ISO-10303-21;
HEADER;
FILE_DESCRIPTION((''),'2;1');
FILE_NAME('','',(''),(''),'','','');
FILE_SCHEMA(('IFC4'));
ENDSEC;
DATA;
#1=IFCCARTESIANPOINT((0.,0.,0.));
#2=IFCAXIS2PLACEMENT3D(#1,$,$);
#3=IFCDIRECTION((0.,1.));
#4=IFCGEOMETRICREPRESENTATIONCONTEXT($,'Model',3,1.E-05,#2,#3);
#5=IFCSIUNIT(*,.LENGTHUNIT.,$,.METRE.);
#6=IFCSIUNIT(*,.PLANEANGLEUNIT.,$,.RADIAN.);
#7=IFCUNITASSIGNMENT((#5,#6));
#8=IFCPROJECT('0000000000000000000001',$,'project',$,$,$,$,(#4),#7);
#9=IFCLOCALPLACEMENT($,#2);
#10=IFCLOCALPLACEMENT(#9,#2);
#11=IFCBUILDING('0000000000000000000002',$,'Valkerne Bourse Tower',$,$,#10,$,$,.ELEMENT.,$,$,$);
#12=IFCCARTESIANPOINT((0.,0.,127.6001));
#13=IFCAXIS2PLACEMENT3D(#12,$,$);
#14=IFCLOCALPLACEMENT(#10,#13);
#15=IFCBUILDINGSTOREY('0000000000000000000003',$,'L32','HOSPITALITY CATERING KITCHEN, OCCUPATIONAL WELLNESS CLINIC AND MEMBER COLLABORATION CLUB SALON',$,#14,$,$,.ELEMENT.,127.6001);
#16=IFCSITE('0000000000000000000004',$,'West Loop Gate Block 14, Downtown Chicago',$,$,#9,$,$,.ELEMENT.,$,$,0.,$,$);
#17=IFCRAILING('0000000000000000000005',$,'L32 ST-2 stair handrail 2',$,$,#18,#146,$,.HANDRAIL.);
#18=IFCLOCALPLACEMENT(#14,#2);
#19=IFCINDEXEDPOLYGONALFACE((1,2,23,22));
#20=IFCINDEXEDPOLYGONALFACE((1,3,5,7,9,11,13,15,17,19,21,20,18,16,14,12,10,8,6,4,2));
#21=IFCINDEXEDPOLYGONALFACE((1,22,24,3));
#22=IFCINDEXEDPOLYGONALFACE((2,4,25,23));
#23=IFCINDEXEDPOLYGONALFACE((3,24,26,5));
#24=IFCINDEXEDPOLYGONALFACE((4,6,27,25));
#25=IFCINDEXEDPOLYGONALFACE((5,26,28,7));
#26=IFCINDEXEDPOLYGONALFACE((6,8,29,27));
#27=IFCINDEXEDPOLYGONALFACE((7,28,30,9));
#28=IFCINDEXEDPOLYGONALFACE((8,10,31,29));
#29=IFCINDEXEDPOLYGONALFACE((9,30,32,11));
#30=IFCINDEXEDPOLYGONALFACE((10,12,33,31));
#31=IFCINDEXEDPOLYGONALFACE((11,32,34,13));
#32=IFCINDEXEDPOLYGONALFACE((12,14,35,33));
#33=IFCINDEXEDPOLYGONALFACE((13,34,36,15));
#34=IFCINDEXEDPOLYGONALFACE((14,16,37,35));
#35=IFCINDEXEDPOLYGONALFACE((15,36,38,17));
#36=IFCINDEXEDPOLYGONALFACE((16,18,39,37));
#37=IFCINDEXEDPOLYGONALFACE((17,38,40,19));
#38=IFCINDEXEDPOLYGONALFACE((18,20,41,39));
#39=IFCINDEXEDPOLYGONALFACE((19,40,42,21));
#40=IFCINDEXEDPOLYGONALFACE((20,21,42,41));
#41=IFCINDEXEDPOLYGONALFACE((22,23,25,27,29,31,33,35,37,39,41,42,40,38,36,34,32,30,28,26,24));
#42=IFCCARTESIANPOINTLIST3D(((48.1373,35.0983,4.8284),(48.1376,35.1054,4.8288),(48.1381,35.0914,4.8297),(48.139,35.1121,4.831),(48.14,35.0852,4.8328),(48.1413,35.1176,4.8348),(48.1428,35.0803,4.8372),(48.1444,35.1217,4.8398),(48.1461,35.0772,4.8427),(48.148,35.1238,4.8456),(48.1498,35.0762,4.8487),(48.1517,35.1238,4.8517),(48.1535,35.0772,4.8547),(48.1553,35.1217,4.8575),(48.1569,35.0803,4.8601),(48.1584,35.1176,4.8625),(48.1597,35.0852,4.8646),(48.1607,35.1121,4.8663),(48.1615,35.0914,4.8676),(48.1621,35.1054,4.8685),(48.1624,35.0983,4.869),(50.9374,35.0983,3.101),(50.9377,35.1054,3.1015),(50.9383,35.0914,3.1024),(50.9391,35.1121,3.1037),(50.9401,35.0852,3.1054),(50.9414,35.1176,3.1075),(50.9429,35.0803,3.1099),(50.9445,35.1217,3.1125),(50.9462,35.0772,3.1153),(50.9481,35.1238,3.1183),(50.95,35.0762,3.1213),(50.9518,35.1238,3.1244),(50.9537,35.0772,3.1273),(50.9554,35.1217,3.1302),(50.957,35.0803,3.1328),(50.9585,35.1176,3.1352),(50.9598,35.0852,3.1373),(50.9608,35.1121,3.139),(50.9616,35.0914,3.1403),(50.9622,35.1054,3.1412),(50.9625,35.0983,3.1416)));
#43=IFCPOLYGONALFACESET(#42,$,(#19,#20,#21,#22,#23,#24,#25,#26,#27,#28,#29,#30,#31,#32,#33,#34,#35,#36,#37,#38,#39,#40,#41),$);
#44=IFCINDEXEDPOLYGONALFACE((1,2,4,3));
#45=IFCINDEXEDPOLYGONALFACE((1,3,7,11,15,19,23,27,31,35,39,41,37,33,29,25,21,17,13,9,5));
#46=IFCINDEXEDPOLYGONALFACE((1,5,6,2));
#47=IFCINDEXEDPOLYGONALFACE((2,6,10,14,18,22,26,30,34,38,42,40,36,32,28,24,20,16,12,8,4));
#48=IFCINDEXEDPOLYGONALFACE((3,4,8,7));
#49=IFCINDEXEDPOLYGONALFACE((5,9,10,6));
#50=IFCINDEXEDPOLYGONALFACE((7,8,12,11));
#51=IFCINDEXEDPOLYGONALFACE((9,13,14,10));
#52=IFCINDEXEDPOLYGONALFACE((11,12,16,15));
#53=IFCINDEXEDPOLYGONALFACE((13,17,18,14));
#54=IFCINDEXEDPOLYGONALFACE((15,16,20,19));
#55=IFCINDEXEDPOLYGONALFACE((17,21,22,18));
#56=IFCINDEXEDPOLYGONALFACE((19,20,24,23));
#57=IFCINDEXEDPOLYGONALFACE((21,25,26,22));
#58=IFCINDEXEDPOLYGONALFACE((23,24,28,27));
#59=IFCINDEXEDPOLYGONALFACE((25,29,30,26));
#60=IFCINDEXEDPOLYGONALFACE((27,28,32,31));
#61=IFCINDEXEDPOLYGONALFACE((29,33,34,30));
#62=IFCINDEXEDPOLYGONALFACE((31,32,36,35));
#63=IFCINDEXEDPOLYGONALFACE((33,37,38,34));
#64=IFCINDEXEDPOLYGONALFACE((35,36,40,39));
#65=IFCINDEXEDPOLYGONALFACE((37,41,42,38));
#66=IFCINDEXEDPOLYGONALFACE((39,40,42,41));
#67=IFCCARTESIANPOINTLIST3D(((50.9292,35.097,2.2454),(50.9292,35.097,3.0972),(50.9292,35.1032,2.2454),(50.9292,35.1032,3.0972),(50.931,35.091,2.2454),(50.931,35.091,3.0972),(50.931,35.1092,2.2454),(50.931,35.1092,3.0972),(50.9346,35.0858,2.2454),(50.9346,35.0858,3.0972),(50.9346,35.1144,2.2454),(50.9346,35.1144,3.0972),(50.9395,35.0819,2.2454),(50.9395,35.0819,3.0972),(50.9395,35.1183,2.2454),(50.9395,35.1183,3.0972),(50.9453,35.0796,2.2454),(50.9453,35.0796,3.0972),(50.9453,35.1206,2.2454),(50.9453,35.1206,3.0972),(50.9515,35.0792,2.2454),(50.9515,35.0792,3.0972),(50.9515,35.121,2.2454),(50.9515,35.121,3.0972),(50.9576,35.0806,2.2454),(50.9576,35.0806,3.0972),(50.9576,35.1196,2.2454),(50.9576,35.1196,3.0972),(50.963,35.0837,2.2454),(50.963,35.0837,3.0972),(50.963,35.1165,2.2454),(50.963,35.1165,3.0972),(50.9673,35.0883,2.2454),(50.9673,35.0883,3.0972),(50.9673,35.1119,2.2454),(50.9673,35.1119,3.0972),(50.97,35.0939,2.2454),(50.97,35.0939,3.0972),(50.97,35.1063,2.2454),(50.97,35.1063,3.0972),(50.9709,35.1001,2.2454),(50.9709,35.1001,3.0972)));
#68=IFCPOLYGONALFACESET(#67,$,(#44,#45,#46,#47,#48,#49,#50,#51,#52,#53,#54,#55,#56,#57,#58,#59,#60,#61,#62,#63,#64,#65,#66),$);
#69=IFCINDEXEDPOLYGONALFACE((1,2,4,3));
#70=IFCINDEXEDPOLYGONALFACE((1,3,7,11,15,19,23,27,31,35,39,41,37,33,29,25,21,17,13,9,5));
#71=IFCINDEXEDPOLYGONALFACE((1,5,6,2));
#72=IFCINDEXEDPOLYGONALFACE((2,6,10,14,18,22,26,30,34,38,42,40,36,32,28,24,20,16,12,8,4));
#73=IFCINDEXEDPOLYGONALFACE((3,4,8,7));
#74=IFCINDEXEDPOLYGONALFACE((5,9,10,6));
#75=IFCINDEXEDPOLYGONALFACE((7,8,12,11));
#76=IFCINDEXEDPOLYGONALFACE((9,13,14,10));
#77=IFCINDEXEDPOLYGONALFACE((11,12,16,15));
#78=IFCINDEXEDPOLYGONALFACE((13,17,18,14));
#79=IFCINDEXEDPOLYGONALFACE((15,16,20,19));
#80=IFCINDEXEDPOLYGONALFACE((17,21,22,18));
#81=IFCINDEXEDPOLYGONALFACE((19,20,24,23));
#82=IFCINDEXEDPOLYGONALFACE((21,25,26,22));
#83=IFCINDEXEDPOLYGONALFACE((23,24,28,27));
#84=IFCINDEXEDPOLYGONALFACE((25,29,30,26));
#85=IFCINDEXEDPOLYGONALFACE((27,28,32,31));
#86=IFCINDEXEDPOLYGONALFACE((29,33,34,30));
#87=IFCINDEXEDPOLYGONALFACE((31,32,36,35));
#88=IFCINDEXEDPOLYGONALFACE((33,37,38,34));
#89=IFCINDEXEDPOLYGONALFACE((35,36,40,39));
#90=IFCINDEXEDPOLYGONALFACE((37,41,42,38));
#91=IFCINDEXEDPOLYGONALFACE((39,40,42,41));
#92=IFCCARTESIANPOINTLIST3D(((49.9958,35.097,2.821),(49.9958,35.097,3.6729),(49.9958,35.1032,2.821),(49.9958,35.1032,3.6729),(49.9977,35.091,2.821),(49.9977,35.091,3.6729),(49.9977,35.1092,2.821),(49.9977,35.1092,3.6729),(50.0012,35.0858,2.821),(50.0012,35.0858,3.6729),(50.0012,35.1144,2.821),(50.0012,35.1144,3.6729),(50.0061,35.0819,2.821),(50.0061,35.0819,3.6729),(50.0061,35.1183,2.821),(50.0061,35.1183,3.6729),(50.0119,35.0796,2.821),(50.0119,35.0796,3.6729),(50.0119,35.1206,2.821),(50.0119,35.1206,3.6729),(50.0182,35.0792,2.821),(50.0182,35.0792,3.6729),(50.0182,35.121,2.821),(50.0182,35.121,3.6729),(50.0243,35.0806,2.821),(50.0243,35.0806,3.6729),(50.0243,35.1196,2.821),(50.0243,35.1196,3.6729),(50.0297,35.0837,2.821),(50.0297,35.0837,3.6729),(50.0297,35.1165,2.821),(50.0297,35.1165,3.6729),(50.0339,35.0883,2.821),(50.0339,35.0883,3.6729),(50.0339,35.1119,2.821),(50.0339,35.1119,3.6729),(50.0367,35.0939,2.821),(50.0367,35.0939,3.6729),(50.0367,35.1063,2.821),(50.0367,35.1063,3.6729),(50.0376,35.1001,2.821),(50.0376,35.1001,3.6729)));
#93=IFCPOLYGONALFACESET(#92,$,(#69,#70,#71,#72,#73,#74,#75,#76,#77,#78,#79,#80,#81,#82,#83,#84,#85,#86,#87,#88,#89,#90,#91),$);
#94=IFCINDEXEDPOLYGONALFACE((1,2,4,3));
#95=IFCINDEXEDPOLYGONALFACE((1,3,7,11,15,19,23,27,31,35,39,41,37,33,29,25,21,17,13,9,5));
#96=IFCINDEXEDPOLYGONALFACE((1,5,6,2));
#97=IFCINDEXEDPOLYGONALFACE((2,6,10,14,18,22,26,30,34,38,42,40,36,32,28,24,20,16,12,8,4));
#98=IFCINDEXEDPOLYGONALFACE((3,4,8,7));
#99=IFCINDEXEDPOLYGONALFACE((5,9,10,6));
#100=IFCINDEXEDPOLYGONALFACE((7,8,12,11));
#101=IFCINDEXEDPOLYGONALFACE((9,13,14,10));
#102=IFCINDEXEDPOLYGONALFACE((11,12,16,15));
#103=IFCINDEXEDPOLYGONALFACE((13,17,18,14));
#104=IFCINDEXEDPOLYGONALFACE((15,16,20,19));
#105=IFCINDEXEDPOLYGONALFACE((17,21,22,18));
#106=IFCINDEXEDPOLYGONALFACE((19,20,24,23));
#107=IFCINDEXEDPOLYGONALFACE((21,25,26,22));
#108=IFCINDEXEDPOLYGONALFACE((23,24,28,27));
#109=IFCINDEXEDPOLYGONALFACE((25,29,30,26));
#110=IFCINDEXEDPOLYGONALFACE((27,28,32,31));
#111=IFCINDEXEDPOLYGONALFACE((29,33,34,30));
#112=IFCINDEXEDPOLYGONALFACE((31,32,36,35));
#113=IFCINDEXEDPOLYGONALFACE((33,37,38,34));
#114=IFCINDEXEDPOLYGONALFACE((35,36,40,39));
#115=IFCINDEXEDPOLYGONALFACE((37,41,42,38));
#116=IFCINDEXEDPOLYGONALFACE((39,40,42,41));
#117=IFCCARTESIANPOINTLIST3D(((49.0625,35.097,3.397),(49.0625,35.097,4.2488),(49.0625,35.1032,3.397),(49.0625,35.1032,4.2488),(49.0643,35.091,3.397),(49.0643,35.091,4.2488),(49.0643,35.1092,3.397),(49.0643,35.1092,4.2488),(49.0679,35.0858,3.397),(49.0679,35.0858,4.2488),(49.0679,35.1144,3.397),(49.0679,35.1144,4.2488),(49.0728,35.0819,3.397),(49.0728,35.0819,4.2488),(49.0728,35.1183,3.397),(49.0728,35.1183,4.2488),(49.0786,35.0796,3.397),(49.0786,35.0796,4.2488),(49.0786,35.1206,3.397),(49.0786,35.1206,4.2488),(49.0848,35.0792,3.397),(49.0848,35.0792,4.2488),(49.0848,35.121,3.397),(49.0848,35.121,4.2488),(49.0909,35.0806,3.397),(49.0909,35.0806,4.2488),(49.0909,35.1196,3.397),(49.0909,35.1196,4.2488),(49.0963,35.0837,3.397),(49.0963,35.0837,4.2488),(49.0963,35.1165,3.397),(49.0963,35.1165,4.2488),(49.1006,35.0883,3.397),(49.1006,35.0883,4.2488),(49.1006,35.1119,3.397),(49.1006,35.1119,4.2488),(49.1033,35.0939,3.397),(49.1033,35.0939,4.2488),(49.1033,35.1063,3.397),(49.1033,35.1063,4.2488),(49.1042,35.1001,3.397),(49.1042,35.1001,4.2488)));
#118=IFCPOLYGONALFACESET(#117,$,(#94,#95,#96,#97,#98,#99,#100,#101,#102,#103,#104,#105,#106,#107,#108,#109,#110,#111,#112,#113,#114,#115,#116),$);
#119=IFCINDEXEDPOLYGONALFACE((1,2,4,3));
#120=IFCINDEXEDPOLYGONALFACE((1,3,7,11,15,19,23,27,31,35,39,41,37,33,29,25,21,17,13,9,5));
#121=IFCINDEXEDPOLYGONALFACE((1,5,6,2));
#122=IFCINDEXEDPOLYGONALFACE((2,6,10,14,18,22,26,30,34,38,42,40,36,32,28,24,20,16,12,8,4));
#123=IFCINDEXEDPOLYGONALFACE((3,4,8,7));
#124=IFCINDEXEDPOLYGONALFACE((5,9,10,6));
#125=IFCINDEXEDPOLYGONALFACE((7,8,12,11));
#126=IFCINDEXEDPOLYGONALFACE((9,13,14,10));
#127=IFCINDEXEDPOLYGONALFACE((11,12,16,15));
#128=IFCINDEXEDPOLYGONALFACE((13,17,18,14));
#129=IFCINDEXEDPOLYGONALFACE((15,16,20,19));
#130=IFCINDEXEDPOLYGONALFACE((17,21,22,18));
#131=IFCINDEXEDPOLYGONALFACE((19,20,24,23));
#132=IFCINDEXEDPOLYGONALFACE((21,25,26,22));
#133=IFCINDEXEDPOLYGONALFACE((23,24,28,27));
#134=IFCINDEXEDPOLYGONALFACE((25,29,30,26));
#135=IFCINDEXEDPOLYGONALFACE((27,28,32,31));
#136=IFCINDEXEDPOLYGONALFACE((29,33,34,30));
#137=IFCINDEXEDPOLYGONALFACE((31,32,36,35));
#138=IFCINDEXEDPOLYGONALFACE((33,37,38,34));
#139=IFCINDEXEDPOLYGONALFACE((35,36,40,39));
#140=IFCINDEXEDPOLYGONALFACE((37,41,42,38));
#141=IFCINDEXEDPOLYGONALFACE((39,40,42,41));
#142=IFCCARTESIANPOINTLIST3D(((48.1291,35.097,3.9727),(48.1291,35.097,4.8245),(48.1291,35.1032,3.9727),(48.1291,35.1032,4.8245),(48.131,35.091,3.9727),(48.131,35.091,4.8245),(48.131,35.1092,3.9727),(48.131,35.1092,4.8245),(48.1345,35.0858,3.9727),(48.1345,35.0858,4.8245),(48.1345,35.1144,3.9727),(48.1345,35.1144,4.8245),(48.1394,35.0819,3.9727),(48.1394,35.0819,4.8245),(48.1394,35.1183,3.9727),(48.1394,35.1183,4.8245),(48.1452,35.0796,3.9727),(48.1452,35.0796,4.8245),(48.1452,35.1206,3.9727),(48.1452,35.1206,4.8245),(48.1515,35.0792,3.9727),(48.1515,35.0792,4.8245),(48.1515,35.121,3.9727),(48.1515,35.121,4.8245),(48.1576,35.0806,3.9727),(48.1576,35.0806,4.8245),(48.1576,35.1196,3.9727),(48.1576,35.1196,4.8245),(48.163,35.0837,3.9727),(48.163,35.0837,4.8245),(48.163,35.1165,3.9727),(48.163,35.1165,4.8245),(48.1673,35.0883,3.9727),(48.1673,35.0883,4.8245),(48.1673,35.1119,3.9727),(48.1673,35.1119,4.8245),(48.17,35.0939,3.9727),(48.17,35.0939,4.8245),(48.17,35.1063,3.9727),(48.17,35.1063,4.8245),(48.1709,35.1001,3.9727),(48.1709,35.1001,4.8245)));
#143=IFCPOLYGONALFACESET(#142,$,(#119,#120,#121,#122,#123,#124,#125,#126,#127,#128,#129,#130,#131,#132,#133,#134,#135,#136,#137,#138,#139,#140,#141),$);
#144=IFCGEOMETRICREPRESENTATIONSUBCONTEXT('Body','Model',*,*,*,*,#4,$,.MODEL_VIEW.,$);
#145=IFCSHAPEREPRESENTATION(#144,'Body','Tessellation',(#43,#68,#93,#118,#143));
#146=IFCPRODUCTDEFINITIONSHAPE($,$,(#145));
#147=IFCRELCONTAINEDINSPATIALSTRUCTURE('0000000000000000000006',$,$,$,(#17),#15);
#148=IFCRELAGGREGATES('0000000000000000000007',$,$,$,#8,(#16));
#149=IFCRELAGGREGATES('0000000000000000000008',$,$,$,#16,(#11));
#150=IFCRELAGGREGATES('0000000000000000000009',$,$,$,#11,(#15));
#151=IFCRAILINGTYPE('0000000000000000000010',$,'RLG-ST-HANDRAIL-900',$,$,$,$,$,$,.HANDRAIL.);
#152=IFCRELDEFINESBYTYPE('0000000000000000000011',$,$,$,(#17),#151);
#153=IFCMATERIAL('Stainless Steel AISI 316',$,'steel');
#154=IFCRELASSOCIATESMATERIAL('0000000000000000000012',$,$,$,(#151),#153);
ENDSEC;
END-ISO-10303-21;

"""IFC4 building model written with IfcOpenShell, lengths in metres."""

from ifc_helpers import new_model, si_unit, direction, frame, origin, origin_2d, place, context, subcontext, project, spatial, circle, extrude, material, type_object, element, save


model = new_model("IFC4")

# Units and contexts
model_context = context("Model", 3, precision=1e-05, world=origin(), true_north=direction((0.0, 1.0)))
body_context = subcontext(model_context, "Body", "Model", "MODEL_VIEW")
ifc_project = project(units=[si_unit("LENGTHUNIT", "METRE"), si_unit("PLANEANGLEUNIT", "RADIAN")], contexts=[model_context])

# Site, building, storey
site_placement = place(None, origin())
site = spatial("IfcSite", under=ifc_project, at=site_placement, Name="West Loop Gate Block 14, Downtown Chicago", CompositionType="ELEMENT", RefElevation=0.0)
building_placement = place(site_placement, origin())
building = spatial("IfcBuilding", under=site, at=building_placement, Name="Valkerne Bourse Tower", CompositionType="ELEMENT")
storey_placement = place(building_placement, frame((0.0, 0.0, 127.6001)))
storey = spatial("IfcBuildingStorey", under=building, at=storey_placement, Name="L32", Description="HOSPITALITY CATERING KITCHEN, OCCUPATIONAL WELLNESS CLINIC AND MEMBER COLLABORATION CLUB SALON", CompositionType="ELEMENT", Elevation=127.6001)

# Railing
ifc_material_1 = material(Name="Stainless Steel AISI 316", Category="steel")
railing_type_1 = type_object("IfcRailingType", Name="RLG-ST-HANDRAIL-900", PredefinedType="HANDRAIL", material=ifc_material_1)
railing_1_placement = place(storey_placement, frame((50.95, 35.1001, 2.2454)))
element("IfcRailing", 1, at=railing_1_placement, inside=storey, type_object=railing_type_1, Name="L32 ST-2 stair handrail 2", PredefinedType="HANDRAIL", context=body_context, shape_type="SweptSolid", body=[
    extrude(circle(Radius=0.0239, at=origin_2d()), frame((0.0, 0.0, 0.876), z_axis=(-0.85109, 0.0, 0.52502), x_axis=(0.0, -1.0, 0.0)), (0.0, 0.0, 1.0), 3.29),
    extrude(circle(Radius=0.021, at=origin_2d()), origin(), (0.0, 0.0, 1.0), 0.8518),
    extrude(circle(Radius=0.021, at=origin_2d()), frame((-0.9333, 0.0, 0.5757)), (0.0, 0.0, 1.0), 0.8518),
    extrude(circle(Radius=0.021, at=origin_2d()), frame((-1.8667, 0.0, 1.1516)), (0.0, 0.0, 1.0), 0.8518),
    extrude(circle(Radius=0.021, at=origin_2d()), frame((-2.8, 0.0, 1.7273)), (0.0, 0.0, 1.0), 0.8518),
])

save(model, "model.ifc")
